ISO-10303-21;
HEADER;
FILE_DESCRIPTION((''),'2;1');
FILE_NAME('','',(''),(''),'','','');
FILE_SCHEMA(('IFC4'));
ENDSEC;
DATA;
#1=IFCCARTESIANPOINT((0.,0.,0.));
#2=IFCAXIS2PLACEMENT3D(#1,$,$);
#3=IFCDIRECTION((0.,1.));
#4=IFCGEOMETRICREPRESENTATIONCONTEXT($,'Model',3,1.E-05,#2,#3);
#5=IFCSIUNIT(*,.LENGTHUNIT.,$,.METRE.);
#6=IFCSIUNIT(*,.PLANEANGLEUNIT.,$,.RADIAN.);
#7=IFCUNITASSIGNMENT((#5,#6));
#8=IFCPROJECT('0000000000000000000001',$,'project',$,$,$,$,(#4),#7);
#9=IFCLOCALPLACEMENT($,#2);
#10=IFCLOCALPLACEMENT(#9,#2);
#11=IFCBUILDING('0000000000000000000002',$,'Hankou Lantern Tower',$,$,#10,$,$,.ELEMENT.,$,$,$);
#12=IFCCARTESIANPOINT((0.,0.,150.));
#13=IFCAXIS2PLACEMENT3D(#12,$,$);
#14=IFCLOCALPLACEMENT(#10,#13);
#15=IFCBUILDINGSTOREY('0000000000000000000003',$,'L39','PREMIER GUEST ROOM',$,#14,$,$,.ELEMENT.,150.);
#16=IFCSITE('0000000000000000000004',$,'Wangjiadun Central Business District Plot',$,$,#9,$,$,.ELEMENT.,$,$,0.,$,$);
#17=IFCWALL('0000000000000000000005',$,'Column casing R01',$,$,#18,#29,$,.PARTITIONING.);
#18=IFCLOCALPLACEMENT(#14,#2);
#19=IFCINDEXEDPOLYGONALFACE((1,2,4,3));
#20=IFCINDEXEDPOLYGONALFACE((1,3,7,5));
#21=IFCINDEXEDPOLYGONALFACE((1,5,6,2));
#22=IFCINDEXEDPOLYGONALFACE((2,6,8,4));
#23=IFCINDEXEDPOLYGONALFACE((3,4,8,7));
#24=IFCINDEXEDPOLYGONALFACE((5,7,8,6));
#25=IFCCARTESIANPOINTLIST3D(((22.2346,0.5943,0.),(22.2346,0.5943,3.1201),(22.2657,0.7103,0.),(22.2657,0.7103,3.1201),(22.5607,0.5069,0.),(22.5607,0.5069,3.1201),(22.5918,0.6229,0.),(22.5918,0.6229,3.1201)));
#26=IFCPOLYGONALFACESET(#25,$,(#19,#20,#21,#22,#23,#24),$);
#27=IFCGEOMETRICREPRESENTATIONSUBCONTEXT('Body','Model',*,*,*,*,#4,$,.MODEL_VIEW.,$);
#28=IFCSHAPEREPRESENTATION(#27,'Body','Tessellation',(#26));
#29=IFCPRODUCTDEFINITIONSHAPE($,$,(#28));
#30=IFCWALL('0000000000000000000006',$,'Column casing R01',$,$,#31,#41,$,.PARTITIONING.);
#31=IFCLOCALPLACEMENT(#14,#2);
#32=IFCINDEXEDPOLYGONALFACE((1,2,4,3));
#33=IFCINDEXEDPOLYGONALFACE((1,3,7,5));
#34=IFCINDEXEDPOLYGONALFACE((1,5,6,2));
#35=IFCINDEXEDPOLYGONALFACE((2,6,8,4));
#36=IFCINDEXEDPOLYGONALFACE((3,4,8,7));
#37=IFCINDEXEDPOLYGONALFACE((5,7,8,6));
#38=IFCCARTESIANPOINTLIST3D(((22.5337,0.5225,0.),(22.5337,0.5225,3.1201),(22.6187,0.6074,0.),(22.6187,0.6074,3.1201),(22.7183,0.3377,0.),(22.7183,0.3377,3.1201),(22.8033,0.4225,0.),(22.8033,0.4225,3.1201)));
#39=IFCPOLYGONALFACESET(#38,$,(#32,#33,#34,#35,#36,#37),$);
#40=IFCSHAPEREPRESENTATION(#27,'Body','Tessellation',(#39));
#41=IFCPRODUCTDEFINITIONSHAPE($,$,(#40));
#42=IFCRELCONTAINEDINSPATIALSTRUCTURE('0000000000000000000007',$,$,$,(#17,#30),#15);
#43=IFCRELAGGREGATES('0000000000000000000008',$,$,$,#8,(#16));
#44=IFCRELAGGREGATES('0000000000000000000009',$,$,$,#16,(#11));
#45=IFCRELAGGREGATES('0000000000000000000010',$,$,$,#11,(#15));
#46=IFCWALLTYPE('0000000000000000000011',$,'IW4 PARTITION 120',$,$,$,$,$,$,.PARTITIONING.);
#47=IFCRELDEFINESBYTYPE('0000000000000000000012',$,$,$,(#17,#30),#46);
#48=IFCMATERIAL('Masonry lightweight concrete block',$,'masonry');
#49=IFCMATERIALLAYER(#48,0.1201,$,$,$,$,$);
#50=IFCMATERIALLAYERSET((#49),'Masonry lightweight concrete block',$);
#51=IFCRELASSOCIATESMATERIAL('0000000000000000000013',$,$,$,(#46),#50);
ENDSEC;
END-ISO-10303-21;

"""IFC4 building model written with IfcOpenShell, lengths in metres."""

from ifc_helpers import new_model, si_unit, direction, frame, frame_2d, origin, place, context, subcontext, project, spatial, rectangle, extrude, material, layer, layer_set, type_object, element, save


model = new_model("IFC4")

# Units and contexts
model_context = context("Model", 3, precision=1e-05, world=origin(), true_north=direction((0.0, 1.0)))
body_context = subcontext(model_context, "Body", "Model", "MODEL_VIEW")
ifc_project = project(units=[si_unit("LENGTHUNIT", "METRE"), si_unit("PLANEANGLEUNIT", "RADIAN")], contexts=[model_context])

# Site, building, storey
site_placement = place(None, origin())
site = spatial("IfcSite", under=ifc_project, at=site_placement, Name="Wangjiadun Central Business District Plot", CompositionType="ELEMENT", RefElevation=0.0)
building_placement = place(site_placement, origin())
building = spatial("IfcBuilding", under=site, at=building_placement, Name="Hankou Lantern Tower", CompositionType="ELEMENT")
storey_placement = place(building_placement, frame((0.0, 0.0, 150.0)))
storey = spatial("IfcBuildingStorey", under=building, at=storey_placement, Name="L39", Description="PREMIER GUEST ROOM", CompositionType="ELEMENT", Elevation=150.0)

# Walls
ifc_material_1 = material(Name="Masonry lightweight concrete block", Category="masonry")
ifc_layer_1 = layer(ifc_material_1, 0.1201)
ifc_layer_set_1 = layer_set([ifc_layer_1], Name="Masonry lightweight concrete block")
wall_type_1 = type_object("IfcWallType", Name="IW4 PARTITION 120", PredefinedType="PARTITIONING", material=ifc_layer_set_1)
wall_1_placement = place(storey_placement, frame((22.25, 0.6523, 0.0), z_axis=(0.0, 0.0, 1.0), x_axis=(0.965922, -0.258832, 0.0)))
element("IfcWall", 1, at=wall_1_placement, inside=storey, type_object=wall_type_1, Name="Column casing R01", PredefinedType="PARTITIONING", context=body_context, shape_type="SweptSolid", body=[
    extrude(rectangle(XDim=0.3376, YDim=0.1201, at=frame_2d((0.1689, 0.0))), origin(), (0.0, 0.0, 1.0), 3.1201),
])
wall_2_placement = place(storey_placement, frame((22.5762, 0.5649, 0.0), z_axis=(0.0, 0.0, 1.0), x_axis=(0.706639, -0.707574, 0.0)))
element("IfcWall", 2, at=wall_2_placement, inside=storey, type_object=wall_type_1, Name="Column casing R01", PredefinedType="PARTITIONING", context=body_context, shape_type="SweptSolid", body=[
    extrude(rectangle(XDim=0.2612, YDim=0.1201, at=frame_2d((0.1306, 0.0))), origin(), (0.0, 0.0, 1.0), 3.1201),
])

save(model, "model.ifc")
